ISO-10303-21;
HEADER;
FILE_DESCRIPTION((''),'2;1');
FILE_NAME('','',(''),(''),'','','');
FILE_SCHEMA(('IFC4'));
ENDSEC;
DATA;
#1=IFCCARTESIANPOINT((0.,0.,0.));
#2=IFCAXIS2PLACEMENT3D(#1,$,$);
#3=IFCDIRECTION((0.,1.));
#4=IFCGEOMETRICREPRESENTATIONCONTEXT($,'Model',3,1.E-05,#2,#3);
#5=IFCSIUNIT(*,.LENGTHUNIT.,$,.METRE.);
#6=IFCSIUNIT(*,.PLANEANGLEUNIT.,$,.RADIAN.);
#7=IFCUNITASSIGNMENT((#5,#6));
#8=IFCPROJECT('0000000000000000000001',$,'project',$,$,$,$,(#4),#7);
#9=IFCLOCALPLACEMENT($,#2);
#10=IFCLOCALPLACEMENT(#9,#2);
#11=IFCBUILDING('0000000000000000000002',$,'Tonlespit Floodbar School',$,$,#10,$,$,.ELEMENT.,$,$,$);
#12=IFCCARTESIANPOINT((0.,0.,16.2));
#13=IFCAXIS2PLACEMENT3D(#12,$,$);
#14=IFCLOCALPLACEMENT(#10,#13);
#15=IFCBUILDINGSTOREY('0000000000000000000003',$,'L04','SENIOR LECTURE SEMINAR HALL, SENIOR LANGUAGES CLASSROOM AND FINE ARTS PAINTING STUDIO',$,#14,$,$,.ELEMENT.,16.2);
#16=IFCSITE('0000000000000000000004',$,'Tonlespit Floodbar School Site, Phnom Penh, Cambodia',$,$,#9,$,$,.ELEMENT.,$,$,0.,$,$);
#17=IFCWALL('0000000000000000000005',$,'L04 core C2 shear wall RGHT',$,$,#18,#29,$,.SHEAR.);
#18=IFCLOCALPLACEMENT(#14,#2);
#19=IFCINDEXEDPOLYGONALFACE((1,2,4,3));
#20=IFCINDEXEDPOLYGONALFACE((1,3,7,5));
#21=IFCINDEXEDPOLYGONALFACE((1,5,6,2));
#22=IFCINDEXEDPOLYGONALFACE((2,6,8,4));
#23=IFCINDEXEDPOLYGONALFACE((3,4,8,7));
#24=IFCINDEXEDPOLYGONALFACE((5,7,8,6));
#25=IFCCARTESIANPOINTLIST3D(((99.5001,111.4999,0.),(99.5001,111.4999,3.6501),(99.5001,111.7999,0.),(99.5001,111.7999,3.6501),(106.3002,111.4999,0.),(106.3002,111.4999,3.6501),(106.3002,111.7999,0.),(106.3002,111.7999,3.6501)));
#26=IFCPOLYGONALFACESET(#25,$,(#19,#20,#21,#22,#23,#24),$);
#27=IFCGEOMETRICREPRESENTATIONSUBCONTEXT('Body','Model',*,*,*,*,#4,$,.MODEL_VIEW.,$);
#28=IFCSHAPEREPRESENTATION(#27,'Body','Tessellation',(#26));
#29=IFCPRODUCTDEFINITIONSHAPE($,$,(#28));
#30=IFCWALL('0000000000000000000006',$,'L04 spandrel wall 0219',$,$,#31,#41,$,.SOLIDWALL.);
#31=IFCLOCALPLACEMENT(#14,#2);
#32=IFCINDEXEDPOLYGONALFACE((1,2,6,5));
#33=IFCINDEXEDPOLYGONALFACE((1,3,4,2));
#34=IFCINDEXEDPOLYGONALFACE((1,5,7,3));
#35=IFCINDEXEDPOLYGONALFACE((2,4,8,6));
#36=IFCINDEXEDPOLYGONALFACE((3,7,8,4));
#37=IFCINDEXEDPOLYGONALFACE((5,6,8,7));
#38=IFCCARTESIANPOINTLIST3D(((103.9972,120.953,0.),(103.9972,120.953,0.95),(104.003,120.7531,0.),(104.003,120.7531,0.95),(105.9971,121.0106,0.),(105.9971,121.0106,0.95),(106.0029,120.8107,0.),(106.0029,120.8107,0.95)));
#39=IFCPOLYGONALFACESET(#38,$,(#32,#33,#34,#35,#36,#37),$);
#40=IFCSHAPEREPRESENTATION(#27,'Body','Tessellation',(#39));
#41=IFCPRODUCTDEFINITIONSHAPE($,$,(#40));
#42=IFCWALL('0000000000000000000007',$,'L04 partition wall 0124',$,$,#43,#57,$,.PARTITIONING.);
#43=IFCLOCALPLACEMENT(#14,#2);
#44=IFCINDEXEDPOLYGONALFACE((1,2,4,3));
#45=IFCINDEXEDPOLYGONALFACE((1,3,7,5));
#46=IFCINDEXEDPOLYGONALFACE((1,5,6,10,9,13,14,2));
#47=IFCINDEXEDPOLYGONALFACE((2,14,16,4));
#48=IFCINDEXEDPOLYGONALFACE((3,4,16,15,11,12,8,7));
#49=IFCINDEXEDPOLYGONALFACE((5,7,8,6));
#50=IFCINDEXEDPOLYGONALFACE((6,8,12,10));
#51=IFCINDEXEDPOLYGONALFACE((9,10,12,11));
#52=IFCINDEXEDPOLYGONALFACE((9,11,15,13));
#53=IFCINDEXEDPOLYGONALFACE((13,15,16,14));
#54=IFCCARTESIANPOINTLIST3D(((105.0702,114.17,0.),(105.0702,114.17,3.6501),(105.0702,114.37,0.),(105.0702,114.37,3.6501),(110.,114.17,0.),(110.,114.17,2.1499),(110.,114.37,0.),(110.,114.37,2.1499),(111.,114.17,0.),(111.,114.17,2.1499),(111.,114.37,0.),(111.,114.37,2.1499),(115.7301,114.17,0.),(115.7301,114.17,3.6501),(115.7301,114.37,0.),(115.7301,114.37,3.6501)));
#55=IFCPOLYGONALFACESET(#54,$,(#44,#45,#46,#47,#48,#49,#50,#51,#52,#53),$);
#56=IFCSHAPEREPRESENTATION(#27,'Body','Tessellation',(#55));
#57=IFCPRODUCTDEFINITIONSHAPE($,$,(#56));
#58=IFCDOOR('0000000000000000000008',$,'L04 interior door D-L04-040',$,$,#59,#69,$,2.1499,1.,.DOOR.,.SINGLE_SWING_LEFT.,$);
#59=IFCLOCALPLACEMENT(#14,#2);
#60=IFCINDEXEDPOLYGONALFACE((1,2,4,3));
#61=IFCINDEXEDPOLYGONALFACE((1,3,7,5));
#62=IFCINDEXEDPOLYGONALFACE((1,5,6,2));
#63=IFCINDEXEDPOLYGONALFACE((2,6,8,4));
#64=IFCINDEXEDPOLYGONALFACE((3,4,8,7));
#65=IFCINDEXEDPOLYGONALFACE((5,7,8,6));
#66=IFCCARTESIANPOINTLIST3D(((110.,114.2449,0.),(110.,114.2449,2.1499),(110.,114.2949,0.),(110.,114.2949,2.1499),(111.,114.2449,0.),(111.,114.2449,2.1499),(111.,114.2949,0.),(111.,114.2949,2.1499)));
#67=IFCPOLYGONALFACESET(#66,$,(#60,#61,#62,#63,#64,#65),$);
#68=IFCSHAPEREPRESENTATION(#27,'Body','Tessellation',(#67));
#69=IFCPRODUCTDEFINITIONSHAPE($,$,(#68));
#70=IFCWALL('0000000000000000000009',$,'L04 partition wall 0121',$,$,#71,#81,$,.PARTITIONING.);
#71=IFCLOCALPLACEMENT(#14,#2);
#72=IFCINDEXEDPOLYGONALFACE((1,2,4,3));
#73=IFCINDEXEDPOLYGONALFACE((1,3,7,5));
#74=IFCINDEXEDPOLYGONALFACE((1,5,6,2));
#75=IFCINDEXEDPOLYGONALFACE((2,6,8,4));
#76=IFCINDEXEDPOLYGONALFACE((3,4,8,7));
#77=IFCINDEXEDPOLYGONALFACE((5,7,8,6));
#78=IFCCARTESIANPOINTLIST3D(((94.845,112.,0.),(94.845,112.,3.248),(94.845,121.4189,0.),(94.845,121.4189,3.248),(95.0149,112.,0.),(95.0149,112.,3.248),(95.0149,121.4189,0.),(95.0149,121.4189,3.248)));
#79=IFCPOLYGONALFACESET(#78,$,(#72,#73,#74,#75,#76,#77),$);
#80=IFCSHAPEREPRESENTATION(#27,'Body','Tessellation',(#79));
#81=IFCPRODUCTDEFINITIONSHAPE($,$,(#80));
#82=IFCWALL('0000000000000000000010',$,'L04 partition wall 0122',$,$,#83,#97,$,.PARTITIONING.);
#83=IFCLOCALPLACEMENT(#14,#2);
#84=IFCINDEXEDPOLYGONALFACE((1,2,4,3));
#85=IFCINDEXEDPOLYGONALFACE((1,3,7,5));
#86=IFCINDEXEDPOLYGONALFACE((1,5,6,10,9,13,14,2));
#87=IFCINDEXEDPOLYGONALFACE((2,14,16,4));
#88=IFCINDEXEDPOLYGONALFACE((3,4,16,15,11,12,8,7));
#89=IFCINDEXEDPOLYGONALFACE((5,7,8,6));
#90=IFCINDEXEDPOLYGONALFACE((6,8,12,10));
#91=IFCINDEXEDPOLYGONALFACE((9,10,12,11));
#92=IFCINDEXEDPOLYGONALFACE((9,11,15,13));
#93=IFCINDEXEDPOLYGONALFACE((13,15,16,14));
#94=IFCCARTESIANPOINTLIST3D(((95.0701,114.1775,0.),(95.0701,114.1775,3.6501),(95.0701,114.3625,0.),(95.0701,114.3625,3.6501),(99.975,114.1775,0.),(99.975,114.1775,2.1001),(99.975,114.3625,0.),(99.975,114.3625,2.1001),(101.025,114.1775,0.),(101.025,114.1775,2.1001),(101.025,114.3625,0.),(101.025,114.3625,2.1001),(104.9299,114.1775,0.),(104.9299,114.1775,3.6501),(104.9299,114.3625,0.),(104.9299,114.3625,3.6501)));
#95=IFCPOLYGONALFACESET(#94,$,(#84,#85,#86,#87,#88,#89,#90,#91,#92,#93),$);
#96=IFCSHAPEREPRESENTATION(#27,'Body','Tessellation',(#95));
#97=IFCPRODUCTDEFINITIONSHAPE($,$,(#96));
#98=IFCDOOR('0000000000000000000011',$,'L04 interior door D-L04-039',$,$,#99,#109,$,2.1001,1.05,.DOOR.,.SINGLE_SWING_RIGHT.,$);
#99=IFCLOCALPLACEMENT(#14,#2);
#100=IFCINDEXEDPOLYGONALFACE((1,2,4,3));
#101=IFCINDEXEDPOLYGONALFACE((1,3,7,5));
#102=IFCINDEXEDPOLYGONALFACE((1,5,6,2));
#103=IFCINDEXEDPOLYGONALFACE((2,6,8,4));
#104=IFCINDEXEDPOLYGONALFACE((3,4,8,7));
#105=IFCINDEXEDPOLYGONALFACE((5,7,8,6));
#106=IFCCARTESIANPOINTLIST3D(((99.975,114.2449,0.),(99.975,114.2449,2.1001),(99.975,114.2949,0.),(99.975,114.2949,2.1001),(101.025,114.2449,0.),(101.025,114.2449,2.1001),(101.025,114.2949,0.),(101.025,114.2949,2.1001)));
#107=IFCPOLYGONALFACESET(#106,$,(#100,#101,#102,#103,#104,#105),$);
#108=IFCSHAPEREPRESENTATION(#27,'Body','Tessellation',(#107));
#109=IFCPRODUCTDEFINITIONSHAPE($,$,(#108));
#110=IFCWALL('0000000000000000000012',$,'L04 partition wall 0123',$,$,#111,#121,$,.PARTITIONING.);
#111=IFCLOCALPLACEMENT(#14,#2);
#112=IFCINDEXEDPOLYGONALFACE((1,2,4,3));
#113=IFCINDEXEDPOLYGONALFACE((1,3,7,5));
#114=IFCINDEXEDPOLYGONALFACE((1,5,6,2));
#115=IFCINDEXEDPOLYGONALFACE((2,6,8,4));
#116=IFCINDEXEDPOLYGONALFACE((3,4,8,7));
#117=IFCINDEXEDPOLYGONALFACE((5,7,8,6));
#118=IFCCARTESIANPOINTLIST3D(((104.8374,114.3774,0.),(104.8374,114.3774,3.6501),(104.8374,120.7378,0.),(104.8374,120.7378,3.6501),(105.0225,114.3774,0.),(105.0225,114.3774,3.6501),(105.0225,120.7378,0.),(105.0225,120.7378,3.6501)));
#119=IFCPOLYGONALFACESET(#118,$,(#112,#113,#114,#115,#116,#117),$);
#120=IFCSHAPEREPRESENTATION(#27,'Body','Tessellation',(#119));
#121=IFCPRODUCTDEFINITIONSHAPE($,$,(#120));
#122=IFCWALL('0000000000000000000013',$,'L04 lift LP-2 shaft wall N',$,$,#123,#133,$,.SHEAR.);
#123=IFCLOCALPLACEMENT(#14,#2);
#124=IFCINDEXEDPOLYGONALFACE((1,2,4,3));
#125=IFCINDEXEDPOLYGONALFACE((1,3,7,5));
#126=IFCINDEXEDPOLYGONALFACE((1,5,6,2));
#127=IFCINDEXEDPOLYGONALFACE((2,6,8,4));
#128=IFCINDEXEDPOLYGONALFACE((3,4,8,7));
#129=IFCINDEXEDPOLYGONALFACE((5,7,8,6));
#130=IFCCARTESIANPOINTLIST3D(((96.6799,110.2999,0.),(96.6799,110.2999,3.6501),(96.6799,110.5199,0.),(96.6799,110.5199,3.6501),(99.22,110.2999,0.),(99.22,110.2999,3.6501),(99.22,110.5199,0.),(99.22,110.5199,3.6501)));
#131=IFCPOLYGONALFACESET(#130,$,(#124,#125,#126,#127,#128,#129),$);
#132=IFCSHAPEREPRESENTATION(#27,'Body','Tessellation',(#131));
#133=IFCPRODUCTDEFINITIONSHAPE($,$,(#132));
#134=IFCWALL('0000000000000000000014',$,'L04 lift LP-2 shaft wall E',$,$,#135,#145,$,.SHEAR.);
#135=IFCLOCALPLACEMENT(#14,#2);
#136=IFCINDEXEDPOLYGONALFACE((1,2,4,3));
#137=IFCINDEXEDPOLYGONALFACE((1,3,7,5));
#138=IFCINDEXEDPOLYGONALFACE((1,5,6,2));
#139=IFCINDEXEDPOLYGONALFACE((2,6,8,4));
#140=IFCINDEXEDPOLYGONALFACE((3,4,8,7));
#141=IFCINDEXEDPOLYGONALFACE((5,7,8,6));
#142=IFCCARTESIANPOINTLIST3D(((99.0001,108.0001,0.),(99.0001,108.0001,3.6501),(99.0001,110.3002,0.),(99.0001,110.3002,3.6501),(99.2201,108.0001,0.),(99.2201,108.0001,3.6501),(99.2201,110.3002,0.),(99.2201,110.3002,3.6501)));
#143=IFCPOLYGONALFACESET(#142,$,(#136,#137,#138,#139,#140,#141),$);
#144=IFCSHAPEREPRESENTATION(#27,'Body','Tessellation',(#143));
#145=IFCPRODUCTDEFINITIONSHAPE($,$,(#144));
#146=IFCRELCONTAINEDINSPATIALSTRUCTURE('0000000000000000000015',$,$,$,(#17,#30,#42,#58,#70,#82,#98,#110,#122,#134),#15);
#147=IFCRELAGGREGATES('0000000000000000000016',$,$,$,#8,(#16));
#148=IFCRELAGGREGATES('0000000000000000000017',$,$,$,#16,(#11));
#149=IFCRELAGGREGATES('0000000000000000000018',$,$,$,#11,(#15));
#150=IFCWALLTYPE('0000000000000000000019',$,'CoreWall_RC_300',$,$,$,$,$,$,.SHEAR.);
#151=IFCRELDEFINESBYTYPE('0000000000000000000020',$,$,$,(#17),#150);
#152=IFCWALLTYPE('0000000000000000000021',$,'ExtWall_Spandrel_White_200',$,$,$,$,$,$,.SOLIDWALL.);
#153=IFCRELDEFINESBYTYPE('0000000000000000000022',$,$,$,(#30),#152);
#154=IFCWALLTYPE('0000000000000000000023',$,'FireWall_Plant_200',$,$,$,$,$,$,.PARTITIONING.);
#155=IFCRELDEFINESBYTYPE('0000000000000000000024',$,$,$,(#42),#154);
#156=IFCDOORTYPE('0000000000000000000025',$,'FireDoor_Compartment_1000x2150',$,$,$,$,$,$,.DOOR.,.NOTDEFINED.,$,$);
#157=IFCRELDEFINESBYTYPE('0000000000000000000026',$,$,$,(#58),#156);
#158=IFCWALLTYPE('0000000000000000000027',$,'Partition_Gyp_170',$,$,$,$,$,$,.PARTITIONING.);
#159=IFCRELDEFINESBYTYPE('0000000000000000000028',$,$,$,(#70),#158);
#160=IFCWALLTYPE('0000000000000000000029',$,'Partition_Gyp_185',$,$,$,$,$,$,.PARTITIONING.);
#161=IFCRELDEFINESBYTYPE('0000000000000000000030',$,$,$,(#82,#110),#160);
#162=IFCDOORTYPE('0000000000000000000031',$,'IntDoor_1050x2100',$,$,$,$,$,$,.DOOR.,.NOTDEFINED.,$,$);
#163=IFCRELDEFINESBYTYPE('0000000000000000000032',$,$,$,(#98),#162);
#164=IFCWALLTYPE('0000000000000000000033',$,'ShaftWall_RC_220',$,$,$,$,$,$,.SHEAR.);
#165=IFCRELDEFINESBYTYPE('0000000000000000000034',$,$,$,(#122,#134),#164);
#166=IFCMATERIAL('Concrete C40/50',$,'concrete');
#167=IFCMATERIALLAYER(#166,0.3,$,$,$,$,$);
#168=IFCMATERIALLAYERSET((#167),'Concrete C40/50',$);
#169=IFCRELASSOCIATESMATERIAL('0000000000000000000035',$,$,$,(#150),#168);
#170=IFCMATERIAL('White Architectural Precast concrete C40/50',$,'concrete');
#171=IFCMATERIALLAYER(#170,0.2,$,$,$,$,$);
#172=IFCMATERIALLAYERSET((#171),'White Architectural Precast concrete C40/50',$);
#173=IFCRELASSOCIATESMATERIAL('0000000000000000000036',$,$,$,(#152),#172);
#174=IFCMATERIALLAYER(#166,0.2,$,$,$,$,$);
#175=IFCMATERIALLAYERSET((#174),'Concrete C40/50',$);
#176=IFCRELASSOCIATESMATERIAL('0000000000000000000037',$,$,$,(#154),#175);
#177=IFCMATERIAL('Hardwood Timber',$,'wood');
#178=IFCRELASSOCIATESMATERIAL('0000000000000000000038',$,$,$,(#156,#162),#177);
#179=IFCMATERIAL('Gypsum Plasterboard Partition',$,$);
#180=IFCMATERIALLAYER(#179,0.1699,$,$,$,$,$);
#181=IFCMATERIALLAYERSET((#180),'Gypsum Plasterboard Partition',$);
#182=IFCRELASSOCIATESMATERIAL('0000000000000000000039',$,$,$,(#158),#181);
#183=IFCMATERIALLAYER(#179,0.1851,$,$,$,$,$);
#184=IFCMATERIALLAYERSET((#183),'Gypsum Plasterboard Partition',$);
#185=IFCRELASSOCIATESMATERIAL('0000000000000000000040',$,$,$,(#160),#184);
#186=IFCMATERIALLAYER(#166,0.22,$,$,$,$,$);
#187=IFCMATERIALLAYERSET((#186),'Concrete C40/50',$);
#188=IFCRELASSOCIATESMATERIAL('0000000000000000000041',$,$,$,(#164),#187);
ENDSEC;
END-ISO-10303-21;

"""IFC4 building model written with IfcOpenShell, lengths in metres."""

from ifc_helpers import new_model, si_unit, direction, frame, frame_2d, origin, place, context, subcontext, project, spatial, rectangle, extrude, material, layer, layer_set, type_object, element, fill, save


model = new_model("IFC4")

# Units and contexts
model_context = context("Model", 3, precision=1e-05, world=origin(), true_north=direction((0.0, 1.0)))
body_context = subcontext(model_context, "Body", "Model", "MODEL_VIEW")
ifc_project = project(units=[si_unit("LENGTHUNIT", "METRE"), si_unit("PLANEANGLEUNIT", "RADIAN")], contexts=[model_context])

# Site, building, storey
site_placement = place(None, origin())
site = spatial("IfcSite", under=ifc_project, at=site_placement, Name="Tonlespit Floodbar School Site, Phnom Penh, Cambodia", CompositionType="ELEMENT", RefElevation=0.0)
building_placement = place(site_placement, origin())
building = spatial("IfcBuilding", under=site, at=building_placement, Name="Tonlespit Floodbar School", CompositionType="ELEMENT")
storey_placement = place(building_placement, frame((0.0, 0.0, 16.2)))
storey = spatial("IfcBuildingStorey", under=building, at=storey_placement, Name="L04", Description="SENIOR LECTURE SEMINAR HALL, SENIOR LANGUAGES CLASSROOM AND FINE ARTS PAINTING STUDIO", CompositionType="ELEMENT", Elevation=16.2)

# Walls
ifc_material_1 = material(Name="Concrete C40/50", Category="concrete")
ifc_layer_1 = layer(ifc_material_1, 0.3)
ifc_layer_set_1 = layer_set([ifc_layer_1], Name="Concrete C40/50")
wall_type_1 = type_object("IfcWallType", Name="CoreWall_RC_300", PredefinedType="SHEAR", material=ifc_layer_set_1)
wall_1_placement = place(storey_placement, frame((106.3, 111.6499, 0.0), z_axis=(0.0, 0.0, 1.0), x_axis=(-1.0, 0.0, 0.0)))
element("IfcWall", 1, at=wall_1_placement, inside=storey, type_object=wall_type_1, Name="L04 core C2 shear wall RGHT", PredefinedType="SHEAR", context=body_context, shape_type="SweptSolid", body=[
    extrude(rectangle(XDim=6.8, YDim=0.3, at=frame_2d((3.3999, 0.0))), origin(), (0.0, 0.0, 1.0), 3.6501),
])
ifc_material_2 = material(Name="White Architectural Precast concrete C40/50", Category="concrete")
ifc_layer_2 = layer(ifc_material_2, 0.2)
ifc_layer_set_2 = layer_set([ifc_layer_2], Name="White Architectural Precast concrete C40/50")
wall_type_2 = type_object("IfcWallType", Name="ExtWall_Spandrel_White_200", PredefinedType="SOLIDWALL", material=ifc_layer_set_2)
wall_2_placement = place(storey_placement, frame((104.0, 120.853, 0.0), z_axis=(0.0, 0.0, 1.0), x_axis=(0.999585, 0.028797, 0.0)))
element("IfcWall", 2, at=wall_2_placement, inside=storey, type_object=wall_type_2, Name="L04 spandrel wall 0219", PredefinedType="SOLIDWALL", context=body_context, shape_type="SweptSolid", body=[
    extrude(rectangle(XDim=2.0007, YDim=0.2, at=frame_2d((1.0005, 0.0))), origin(), (0.0, 0.0, 1.0), 0.95),
])

# Wall, opening, door
ifc_layer_3 = layer(ifc_material_1, 0.2)
ifc_layer_set_3 = layer_set([ifc_layer_3], Name="Concrete C40/50")
wall_type_3 = type_object("IfcWallType", Name="FireWall_Plant_200", PredefinedType="PARTITIONING", material=ifc_layer_set_3)
wall_3_placement = place(storey_placement, frame((105.0701, 114.27, 0.0), z_axis=(0.0, 0.0, 1.0), x_axis=(1.0, 0.0, 0.0)))
wall_3 = element("IfcWall", 3, at=wall_3_placement, inside=storey, type_object=wall_type_3, Name="L04 partition wall 0124", PredefinedType="PARTITIONING", context=body_context, shape_type="SweptSolid", body=[
    extrude(rectangle(XDim=10.6599, YDim=0.2, at=frame_2d((5.3301, 0.0))), origin(), (0.0, 0.0, 1.0), 3.6501),
])
opening_1_placement = place(wall_3_placement, frame((4.9299, 0.0, 0.0)))
opening_1 = element("IfcOpeningElement", 4, at=opening_1_placement, cuts=wall_3, PredefinedType="OPENING", context=body_context, shape_type="SweptSolid", body=[
    extrude(rectangle(XDim=1.0, YDim=2.1499, at=frame_2d((0.5, 1.075))), frame((0.0, 0.1099, 0.0), z_axis=(0.0, -1.0, 0.0), x_axis=(1.0, 0.0, 0.0)), (0.0, 0.0, 1.0), 0.22),
])
ifc_material_3 = material(Name="Hardwood Timber", Category="wood")
door_type_1 = type_object("IfcDoorType", Name="FireDoor_Compartment_1000x2150", OperationType="NOTDEFINED", PredefinedType="DOOR", material=ifc_material_3)
door_1_placement = place(opening_1_placement, origin())
door_1 = element("IfcDoor", 5, at=door_1_placement, inside=storey, type_object=door_type_1, Name="L04 interior door D-L04-040", OperationType="SINGLE_SWING_LEFT", OverallHeight=2.1499, OverallWidth=1.0, PredefinedType="DOOR", context=body_context, shape_type="SweptSolid", body=[
    extrude(rectangle(XDim=1.0, YDim=2.1499, at=frame_2d((0.5, 1.075))), frame((0.0, 0.0249, 0.0), z_axis=(0.0, -1.0, 0.0), x_axis=(1.0, 0.0, 0.0)), (0.0, 0.0, 1.0), 0.05),
])
fill(opening_1, door_1)

# Wall
ifc_material_4 = material(Name="Gypsum Plasterboard Partition")
ifc_layer_4 = layer(ifc_material_4, 0.1699)
ifc_layer_set_4 = layer_set([ifc_layer_4], Name="Gypsum Plasterboard Partition")
wall_type_4 = type_object("IfcWallType", Name="Partition_Gyp_170", PredefinedType="PARTITIONING", material=ifc_layer_set_4)
wall_4_placement = place(storey_placement, frame((94.9299, 112.0, 0.0), z_axis=(0.0, 0.0, 1.0), x_axis=(0.0, 1.0, 0.0)))
element("IfcWall", 6, at=wall_4_placement, inside=storey, type_object=wall_type_4, Name="L04 partition wall 0121", PredefinedType="PARTITIONING", context=body_context, shape_type="SweptSolid", body=[
    extrude(rectangle(XDim=9.4189, YDim=0.1699, at=frame_2d((4.7095, 0.0))), origin(), (0.0, 0.0, 1.0), 3.248),
])

# Wall, opening, door
ifc_layer_5 = layer(ifc_material_4, 0.1851)
ifc_layer_set_5 = layer_set([ifc_layer_5], Name="Gypsum Plasterboard Partition")
wall_type_5 = type_object("IfcWallType", Name="Partition_Gyp_185", PredefinedType="PARTITIONING", material=ifc_layer_set_5)
wall_5_placement = place(storey_placement, frame((95.0701, 114.27, 0.0), z_axis=(0.0, 0.0, 1.0), x_axis=(1.0, 0.0, 0.0)))
wall_5 = element("IfcWall", 7, at=wall_5_placement, inside=storey, type_object=wall_type_5, Name="L04 partition wall 0122", PredefinedType="PARTITIONING", context=body_context, shape_type="SweptSolid", body=[
    extrude(rectangle(XDim=9.8599, YDim=0.1851, at=frame_2d((4.9299, 0.0))), origin(), (0.0, 0.0, 1.0), 3.6501),
])
opening_2_placement = place(wall_5_placement, frame((4.905, 0.0, 0.0)))
opening_2 = element("IfcOpeningElement", 8, at=opening_2_placement, cuts=wall_5, PredefinedType="OPENING", context=body_context, shape_type="SweptSolid", body=[
    extrude(rectangle(XDim=1.05, YDim=2.1001, at=frame_2d((0.5249, 1.05))), frame((0.0, 0.1025, 0.0), z_axis=(0.0, -1.0, 0.0), x_axis=(1.0, 0.0, 0.0)), (0.0, 0.0, 1.0), 0.2051),
])
door_type_2 = type_object("IfcDoorType", Name="IntDoor_1050x2100", OperationType="NOTDEFINED", PredefinedType="DOOR", material=ifc_material_3)
door_2_placement = place(opening_2_placement, origin())
door_2 = element("IfcDoor", 9, at=door_2_placement, inside=storey, type_object=door_type_2, Name="L04 interior door D-L04-039", OperationType="SINGLE_SWING_RIGHT", OverallHeight=2.1001, OverallWidth=1.05, PredefinedType="DOOR", context=body_context, shape_type="SweptSolid", body=[
    extrude(rectangle(XDim=1.05, YDim=2.1001, at=frame_2d((0.5249, 1.05))), frame((0.0, 0.0249, 0.0), z_axis=(0.0, -1.0, 0.0), x_axis=(1.0, 0.0, 0.0)), (0.0, 0.0, 1.0), 0.05),
])
fill(opening_2, door_2)

# Walls
wall_6_placement = place(storey_placement, frame((104.9299, 114.3774, 0.0), z_axis=(0.0, 0.0, 1.0), x_axis=(0.0, 1.0, 0.0)))
element("IfcWall", 10, at=wall_6_placement, inside=storey, type_object=wall_type_5, Name="L04 partition wall 0123", PredefinedType="PARTITIONING", context=body_context, shape_type="SweptSolid", body=[
    extrude(rectangle(XDim=6.3604, YDim=0.1851, at=frame_2d((3.1802, 0.0))), origin(), (0.0, 0.0, 1.0), 3.6501),
])
ifc_layer_6 = layer(ifc_material_1, 0.22)
ifc_layer_set_6 = layer_set([ifc_layer_6], Name="Concrete C40/50")
wall_type_6 = type_object("IfcWallType", Name="ShaftWall_RC_220", PredefinedType="SHEAR", material=ifc_layer_set_6)
wall_7_placement = place(storey_placement, frame((96.6799, 110.4099, 0.0), z_axis=(0.0, 0.0, 1.0), x_axis=(1.0, 0.0, 0.0)))
element("IfcWall", 11, at=wall_7_placement, inside=storey, type_object=wall_type_6, Name="L04 lift LP-2 shaft wall N", PredefinedType="SHEAR", context=body_context, shape_type="SweptSolid", body=[
    extrude(rectangle(XDim=2.54, YDim=0.22, at=frame_2d((1.27, 0.0))), origin(), (0.0, 0.0, 1.0), 3.6501),
])
wall_8_placement = place(storey_placement, frame((99.1101, 110.3, 0.0), z_axis=(0.0, 0.0, 1.0), x_axis=(0.0, -1.0, 0.0)))
element("IfcWall", 12, at=wall_8_placement, inside=storey, type_object=wall_type_6, Name="L04 lift LP-2 shaft wall E", PredefinedType="SHEAR", context=body_context, shape_type="SweptSolid", body=[
    extrude(rectangle(XDim=2.3, YDim=0.22, at=frame_2d((1.1499, 0.0))), origin(), (0.0, 0.0, 1.0), 3.6501),
])

save(model, "model.ifc")
